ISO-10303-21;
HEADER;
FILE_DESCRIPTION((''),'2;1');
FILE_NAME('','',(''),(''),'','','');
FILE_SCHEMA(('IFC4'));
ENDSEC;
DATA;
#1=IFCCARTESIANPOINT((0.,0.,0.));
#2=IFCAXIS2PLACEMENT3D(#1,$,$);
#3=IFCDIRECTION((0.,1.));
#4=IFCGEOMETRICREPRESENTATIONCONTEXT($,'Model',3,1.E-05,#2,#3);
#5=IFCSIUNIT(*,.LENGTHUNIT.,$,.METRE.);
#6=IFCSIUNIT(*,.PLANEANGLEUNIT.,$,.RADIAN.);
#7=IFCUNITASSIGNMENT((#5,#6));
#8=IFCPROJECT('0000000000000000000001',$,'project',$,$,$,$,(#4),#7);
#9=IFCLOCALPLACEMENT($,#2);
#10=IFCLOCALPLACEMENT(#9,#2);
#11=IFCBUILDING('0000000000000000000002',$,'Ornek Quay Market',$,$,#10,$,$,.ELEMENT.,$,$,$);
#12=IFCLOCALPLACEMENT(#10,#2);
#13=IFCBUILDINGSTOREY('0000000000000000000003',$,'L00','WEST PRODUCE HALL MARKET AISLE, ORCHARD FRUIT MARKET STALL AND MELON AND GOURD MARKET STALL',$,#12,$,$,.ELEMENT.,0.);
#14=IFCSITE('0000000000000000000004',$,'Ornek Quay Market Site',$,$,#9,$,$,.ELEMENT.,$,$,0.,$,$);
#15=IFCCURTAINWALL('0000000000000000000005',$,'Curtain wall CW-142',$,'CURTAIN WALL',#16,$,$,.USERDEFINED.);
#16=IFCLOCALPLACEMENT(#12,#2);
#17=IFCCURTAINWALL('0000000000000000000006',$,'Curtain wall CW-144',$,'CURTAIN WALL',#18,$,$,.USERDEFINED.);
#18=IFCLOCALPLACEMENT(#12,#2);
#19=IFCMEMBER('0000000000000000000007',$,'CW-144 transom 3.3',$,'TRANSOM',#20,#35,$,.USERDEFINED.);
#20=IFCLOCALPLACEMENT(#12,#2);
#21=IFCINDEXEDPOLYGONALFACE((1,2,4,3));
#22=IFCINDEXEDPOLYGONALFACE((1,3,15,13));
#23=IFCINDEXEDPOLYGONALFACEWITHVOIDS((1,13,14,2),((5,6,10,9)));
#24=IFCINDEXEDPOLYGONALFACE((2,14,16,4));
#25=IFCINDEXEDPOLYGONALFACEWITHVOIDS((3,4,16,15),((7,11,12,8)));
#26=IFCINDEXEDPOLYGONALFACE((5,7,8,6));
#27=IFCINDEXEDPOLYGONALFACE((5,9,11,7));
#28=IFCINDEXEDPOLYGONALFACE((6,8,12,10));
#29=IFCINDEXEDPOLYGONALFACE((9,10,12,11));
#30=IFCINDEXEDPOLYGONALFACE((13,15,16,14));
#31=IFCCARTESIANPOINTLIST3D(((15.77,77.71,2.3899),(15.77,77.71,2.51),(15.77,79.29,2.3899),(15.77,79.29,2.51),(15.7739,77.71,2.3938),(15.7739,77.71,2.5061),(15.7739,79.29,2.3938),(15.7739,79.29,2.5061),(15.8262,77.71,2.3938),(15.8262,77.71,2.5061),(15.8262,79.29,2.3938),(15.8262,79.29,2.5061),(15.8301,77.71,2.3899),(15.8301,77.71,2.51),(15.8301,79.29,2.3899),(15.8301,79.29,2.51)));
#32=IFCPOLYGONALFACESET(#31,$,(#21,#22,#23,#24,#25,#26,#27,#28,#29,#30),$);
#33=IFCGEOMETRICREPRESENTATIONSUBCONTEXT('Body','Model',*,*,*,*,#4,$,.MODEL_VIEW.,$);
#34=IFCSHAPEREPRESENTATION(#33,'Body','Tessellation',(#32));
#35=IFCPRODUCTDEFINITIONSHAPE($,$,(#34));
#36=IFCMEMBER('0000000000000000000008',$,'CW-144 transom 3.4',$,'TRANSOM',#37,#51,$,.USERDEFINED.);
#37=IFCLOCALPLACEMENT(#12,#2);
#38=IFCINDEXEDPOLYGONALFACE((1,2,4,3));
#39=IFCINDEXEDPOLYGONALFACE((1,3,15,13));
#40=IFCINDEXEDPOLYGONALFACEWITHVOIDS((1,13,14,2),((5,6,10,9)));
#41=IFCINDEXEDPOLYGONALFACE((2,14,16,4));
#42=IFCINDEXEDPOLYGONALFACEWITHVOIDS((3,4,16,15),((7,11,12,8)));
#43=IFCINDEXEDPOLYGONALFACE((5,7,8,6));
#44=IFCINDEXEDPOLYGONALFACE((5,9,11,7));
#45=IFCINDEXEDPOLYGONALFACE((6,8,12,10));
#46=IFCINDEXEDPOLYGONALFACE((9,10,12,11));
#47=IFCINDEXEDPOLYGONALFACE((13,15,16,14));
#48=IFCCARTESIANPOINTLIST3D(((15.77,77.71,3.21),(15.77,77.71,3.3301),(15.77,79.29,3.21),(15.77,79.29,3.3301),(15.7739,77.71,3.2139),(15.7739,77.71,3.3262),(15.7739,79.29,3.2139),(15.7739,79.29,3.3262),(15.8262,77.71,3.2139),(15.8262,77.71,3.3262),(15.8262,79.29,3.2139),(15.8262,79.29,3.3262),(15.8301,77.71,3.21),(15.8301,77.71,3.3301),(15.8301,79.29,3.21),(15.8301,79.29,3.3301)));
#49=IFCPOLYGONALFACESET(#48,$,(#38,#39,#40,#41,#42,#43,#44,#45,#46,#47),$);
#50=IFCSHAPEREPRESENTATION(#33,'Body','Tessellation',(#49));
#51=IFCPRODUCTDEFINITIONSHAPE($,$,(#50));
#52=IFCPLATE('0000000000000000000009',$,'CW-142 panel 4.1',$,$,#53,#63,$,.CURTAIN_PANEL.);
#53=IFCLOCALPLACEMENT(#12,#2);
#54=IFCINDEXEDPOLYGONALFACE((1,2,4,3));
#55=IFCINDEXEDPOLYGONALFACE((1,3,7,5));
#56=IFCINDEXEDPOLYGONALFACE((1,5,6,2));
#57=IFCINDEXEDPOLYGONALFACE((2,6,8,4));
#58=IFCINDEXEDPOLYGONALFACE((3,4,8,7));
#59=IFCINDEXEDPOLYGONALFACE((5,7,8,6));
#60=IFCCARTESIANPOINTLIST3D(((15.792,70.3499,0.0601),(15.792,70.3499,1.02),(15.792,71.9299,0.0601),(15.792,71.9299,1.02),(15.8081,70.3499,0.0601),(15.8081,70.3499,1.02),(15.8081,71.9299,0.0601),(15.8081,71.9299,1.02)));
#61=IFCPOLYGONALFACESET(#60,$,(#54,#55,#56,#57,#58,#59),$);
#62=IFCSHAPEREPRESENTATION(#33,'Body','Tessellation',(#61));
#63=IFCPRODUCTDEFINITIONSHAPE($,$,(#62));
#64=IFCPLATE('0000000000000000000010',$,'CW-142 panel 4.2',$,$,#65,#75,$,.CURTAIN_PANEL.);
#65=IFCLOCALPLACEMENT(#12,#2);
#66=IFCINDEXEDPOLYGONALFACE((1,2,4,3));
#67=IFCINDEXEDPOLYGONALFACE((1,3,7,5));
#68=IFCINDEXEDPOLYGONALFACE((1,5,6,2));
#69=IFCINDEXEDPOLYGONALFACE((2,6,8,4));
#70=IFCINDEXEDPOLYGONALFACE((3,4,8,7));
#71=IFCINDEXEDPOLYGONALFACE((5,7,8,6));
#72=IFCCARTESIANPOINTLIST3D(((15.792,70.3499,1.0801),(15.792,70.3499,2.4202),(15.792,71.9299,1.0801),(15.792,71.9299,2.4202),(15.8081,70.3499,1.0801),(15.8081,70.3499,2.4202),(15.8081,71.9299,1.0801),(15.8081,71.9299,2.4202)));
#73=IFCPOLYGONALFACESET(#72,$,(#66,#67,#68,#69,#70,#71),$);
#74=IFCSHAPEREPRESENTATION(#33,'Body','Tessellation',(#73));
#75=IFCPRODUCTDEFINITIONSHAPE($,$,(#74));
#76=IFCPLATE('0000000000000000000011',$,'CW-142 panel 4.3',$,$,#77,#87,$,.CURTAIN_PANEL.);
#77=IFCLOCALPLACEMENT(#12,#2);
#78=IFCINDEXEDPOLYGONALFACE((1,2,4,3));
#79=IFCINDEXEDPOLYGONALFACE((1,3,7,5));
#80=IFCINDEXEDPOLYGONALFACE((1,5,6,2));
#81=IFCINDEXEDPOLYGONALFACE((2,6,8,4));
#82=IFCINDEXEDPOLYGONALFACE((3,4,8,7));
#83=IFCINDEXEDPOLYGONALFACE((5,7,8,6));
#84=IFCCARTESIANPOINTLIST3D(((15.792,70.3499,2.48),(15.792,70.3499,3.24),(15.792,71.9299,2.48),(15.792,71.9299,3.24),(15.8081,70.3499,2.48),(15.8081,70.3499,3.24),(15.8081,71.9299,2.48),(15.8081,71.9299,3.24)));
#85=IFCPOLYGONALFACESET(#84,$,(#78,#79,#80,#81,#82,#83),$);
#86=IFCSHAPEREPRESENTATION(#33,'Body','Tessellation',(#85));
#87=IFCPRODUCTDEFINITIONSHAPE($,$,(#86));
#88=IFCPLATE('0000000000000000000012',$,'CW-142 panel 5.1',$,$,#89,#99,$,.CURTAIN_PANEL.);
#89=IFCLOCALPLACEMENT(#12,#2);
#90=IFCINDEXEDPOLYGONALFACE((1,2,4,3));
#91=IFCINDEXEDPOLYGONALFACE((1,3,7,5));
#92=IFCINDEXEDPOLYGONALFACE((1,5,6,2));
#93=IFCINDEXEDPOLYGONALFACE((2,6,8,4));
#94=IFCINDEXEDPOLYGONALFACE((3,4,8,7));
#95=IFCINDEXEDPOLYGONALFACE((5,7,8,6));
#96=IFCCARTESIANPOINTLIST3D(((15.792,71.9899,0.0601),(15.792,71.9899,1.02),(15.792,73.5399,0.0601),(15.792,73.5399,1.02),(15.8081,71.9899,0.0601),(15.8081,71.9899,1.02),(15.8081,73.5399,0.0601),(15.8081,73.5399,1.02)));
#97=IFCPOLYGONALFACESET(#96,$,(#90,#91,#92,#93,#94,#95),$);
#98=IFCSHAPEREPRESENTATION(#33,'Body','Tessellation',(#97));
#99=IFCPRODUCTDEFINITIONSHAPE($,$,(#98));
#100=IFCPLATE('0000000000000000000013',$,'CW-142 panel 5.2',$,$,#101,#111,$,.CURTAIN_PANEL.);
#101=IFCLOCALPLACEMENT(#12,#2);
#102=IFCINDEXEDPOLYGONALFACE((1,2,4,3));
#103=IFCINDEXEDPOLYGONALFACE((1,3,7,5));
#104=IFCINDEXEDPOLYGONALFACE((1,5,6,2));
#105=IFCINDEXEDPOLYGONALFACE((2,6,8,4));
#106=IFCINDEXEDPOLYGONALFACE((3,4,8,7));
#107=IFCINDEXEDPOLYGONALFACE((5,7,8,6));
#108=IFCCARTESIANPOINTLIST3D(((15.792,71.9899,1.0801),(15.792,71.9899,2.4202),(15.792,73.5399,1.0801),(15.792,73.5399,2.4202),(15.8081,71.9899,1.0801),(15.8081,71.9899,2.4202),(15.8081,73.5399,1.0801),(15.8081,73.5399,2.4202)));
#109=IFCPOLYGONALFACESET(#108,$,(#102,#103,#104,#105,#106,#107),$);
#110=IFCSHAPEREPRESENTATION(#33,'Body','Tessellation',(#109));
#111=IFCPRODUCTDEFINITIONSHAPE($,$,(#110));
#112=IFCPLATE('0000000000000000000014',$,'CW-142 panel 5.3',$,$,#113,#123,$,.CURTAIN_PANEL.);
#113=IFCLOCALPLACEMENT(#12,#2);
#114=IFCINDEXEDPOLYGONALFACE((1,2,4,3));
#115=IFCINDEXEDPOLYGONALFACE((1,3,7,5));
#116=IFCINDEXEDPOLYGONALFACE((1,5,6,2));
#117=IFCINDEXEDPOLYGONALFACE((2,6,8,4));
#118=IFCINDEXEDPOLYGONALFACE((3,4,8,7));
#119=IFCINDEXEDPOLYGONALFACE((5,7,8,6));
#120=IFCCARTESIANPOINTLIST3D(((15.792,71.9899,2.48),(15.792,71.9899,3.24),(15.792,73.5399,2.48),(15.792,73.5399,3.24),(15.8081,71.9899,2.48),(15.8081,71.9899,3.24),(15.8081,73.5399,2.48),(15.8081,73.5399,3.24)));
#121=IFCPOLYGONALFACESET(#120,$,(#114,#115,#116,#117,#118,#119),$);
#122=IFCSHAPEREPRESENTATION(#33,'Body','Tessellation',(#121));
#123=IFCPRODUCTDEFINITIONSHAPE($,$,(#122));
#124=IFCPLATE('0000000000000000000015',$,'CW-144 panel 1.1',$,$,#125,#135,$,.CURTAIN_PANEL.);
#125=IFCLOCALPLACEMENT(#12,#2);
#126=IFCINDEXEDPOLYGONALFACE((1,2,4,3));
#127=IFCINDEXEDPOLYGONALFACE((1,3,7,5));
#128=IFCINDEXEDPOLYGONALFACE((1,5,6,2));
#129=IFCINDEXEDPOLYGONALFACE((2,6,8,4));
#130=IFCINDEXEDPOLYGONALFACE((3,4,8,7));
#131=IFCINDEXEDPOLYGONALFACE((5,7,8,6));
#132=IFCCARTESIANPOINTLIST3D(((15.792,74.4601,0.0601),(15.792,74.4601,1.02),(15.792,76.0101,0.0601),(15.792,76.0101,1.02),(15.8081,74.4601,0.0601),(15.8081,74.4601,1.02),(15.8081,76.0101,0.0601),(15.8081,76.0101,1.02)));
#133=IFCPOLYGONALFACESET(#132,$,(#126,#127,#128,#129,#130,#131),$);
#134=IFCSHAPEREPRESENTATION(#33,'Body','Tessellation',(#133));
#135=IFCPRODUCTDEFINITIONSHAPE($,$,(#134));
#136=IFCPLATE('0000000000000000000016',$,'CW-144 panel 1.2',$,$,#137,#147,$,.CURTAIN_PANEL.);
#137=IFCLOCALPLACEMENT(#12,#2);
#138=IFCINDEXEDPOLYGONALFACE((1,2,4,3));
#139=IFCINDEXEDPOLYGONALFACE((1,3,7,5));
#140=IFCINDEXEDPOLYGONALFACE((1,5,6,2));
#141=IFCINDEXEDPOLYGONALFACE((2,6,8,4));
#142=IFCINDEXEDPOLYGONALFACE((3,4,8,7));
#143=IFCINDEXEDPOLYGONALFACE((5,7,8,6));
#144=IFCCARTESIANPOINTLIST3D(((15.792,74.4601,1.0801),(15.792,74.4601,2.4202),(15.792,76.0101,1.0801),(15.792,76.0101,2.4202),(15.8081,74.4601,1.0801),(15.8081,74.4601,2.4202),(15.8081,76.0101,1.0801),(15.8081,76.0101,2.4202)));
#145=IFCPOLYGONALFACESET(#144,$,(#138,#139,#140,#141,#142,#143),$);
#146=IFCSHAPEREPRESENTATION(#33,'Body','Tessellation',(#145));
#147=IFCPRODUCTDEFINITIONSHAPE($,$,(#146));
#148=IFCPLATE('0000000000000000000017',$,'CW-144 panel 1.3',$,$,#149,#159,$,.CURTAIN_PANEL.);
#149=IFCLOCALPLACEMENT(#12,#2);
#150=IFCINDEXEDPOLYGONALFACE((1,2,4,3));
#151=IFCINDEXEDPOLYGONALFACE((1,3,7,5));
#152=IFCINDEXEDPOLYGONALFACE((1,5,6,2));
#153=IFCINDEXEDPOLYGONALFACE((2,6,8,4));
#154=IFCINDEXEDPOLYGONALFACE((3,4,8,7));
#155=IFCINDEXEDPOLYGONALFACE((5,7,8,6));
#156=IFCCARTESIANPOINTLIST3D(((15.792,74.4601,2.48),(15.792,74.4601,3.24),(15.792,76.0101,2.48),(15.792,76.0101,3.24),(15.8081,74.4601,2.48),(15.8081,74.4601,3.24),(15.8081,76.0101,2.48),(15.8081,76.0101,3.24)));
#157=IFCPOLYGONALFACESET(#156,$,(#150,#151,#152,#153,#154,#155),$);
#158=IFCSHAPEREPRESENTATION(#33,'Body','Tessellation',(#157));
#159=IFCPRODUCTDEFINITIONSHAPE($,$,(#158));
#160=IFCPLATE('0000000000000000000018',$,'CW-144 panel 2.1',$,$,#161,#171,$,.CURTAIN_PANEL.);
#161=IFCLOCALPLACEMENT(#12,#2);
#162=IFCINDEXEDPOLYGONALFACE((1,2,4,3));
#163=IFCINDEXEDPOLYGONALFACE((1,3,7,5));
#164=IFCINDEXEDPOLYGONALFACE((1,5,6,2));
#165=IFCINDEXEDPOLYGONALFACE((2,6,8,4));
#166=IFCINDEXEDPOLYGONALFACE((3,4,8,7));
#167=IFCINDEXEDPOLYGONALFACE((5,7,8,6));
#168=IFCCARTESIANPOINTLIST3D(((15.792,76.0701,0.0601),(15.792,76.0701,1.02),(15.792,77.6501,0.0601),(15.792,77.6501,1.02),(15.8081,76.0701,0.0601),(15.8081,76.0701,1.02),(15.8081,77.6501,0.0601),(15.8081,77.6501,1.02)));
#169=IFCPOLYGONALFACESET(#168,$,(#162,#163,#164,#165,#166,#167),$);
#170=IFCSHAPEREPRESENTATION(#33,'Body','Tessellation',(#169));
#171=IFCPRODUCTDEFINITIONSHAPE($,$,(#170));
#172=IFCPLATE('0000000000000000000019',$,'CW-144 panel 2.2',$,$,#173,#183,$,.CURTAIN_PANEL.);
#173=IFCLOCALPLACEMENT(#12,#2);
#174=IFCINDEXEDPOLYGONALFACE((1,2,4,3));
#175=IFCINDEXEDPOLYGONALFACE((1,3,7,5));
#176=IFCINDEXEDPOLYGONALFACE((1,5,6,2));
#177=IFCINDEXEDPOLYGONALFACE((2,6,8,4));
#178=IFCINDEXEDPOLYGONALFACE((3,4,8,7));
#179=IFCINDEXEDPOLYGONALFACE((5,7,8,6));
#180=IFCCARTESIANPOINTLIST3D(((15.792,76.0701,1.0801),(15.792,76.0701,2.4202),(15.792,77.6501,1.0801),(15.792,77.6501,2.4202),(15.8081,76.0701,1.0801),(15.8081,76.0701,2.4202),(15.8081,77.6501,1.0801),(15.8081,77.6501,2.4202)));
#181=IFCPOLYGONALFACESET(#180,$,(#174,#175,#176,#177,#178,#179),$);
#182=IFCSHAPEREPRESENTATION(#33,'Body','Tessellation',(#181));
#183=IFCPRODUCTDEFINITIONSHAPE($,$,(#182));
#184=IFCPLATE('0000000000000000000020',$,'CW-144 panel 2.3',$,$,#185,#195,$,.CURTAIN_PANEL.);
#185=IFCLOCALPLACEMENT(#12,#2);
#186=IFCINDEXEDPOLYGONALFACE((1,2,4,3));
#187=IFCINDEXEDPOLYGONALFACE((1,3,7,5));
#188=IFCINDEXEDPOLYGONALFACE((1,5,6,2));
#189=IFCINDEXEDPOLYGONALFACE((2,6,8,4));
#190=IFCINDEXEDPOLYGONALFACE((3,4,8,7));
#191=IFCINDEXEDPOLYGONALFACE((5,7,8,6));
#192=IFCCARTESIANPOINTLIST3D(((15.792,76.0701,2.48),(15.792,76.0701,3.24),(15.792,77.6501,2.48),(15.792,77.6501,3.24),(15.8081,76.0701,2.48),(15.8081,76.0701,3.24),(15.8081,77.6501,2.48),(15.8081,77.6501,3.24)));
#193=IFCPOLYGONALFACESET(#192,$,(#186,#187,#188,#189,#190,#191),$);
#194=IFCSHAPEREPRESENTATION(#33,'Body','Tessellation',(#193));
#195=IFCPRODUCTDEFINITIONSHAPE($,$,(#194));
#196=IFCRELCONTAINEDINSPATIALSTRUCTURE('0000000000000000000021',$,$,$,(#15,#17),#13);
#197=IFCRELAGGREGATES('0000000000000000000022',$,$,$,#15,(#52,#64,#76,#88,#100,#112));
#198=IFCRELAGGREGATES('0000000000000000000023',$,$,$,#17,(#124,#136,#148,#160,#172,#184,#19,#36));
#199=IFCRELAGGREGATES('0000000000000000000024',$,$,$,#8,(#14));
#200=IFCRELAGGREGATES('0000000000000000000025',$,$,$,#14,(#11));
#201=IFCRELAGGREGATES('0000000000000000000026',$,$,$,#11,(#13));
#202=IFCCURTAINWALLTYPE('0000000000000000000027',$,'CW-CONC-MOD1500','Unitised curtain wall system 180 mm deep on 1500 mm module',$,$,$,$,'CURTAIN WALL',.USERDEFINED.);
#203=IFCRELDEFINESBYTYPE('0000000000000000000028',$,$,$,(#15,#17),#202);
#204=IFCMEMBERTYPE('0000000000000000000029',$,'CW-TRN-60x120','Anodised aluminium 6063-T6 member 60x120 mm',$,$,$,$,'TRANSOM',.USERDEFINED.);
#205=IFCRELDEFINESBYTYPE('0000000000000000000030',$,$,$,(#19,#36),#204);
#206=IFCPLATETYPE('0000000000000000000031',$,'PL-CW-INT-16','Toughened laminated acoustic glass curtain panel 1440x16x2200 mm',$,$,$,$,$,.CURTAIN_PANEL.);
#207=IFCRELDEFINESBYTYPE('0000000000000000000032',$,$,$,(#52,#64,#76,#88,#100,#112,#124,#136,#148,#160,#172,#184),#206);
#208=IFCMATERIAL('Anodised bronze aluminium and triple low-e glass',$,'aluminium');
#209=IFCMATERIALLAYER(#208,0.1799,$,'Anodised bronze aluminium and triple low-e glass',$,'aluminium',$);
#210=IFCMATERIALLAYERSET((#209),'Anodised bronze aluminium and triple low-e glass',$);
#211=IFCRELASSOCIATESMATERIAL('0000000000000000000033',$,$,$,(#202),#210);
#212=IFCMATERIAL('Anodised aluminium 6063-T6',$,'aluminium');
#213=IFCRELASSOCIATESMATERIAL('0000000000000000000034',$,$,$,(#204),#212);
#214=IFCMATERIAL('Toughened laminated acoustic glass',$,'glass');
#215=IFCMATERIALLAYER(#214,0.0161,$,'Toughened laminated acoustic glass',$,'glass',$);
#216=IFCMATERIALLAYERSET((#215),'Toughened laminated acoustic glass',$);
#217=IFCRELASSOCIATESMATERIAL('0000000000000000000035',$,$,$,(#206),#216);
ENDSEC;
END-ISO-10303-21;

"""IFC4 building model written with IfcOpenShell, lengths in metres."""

from ifc_helpers import new_model, si_unit, direction, frame, origin, origin_2d, place, context, subcontext, project, spatial, rectangle, hollow_rectangle, extrude, material, layer, layer_set, material_profile, profile_set, type_object, element, aggregate, save


model = new_model("IFC4")

# Units and contexts
model_context = context("Model", 3, precision=1e-05, world=origin(), true_north=direction((0.0, 1.0)))
body_context = subcontext(model_context, "Body", "Model", "MODEL_VIEW")
ifc_project = project(units=[si_unit("LENGTHUNIT", "METRE"), si_unit("PLANEANGLEUNIT", "RADIAN")], contexts=[model_context])

# Site, building, storey
site_placement = place(None, origin())
site = spatial("IfcSite", under=ifc_project, at=site_placement, Name="Ornek Quay Market Site", CompositionType="ELEMENT", RefElevation=0.0)
building_placement = place(site_placement, origin())
building = spatial("IfcBuilding", under=site, at=building_placement, Name="Ornek Quay Market", CompositionType="ELEMENT")
storey_placement = place(building_placement, origin())
storey = spatial("IfcBuildingStorey", under=building, at=storey_placement, Name="L00", Description="WEST PRODUCE HALL MARKET AISLE, ORCHARD FRUIT MARKET STALL AND MELON AND GOURD MARKET STALL", CompositionType="ELEMENT", Elevation=0.0)

# Curtain walls
ifc_material_1 = material(Name="Anodised bronze aluminium and triple low-e glass", Category="aluminium")
ifc_layer_1 = layer(ifc_material_1, 0.1799, Name="Anodised bronze aluminium and triple low-e glass", Category="aluminium")
ifc_layer_set_1 = layer_set([ifc_layer_1], Name="Anodised bronze aluminium and triple low-e glass")
curtain_wall_type = type_object("IfcCurtainWallType", Name="CW-CONC-MOD1500", Description="Unitised curtain wall system 180 mm deep on 1500 mm module", ElementType="CURTAIN WALL", PredefinedType="USERDEFINED", material=ifc_layer_set_1)
curtain_wall_1_placement = place(storey_placement, origin())
curtain_wall_1 = element("IfcCurtainWall", 1, at=curtain_wall_1_placement, inside=storey, type_object=curtain_wall_type, Name="Curtain wall CW-142", ObjectType="CURTAIN WALL", PredefinedType="USERDEFINED")
ifc_material_2 = material(Name="Anodised aluminium 6063-T6", Category="aluminium")
curtain_wall_2_placement = place(storey_placement, origin())
curtain_wall_2 = element("IfcCurtainWall", 2, at=curtain_wall_2_placement, inside=storey, type_object=curtain_wall_type, Name="Curtain wall CW-144", ObjectType="CURTAIN WALL", PredefinedType="USERDEFINED")

# Members
ifc_material_profile_1 = material_profile(ifc_material_2, hollow_rectangle(XDim=0.0601, YDim=0.1201, WallThickness=0.0039, at=origin_2d()), Name="CW-TRN-60x120", Category="aluminium")
ifc_profile_set_1 = profile_set([ifc_material_profile_1], Name="Anodised aluminium 6063-T6")
member_type_1 = type_object("IfcMemberType", Name="CW-TRN-60x120", Description="Anodised aluminium 6063-T6 member 60x120 mm", ElementType="TRANSOM", PredefinedType="USERDEFINED", material=ifc_profile_set_1)
member_1_placement = place(storey_placement, frame((15.8, 77.71, 2.45), z_axis=(0.0, 1.0, 0.0), x_axis=(-1.0, 0.0, 0.0)))
member_1 = element("IfcMember", 3, at=member_1_placement, type_object=member_type_1, Name="CW-144 transom 3.3", ObjectType="TRANSOM", PredefinedType="USERDEFINED", context=body_context, shape_type="SweptSolid", body=[
    extrude(hollow_rectangle(XDim=0.0601, YDim=0.1201, WallThickness=0.0039, at=origin_2d()), origin(), (0.0, 0.0, 1.0), 1.5801),
])
member_2_placement = place(storey_placement, frame((15.8, 77.71, 3.27), z_axis=(0.0, 1.0, 0.0), x_axis=(-1.0, 0.0, 0.0)))
member_2 = element("IfcMember", 4, at=member_2_placement, type_object=member_type_1, Name="CW-144 transom 3.4", ObjectType="TRANSOM", PredefinedType="USERDEFINED", context=body_context, shape_type="SweptSolid", body=[
    extrude(hollow_rectangle(XDim=0.0601, YDim=0.1201, WallThickness=0.0039, at=origin_2d()), origin(), (0.0, 0.0, 1.0), 1.5801),
])

# Plates
ifc_material_3 = material(Name="Toughened laminated acoustic glass", Category="glass")
ifc_layer_2 = layer(ifc_material_3, 0.0161, Name="Toughened laminated acoustic glass", Category="glass")
ifc_layer_set_2 = layer_set([ifc_layer_2], Name="Toughened laminated acoustic glass")
plate_type = type_object("IfcPlateType", Name="PL-CW-INT-16", Description="Toughened laminated acoustic glass curtain panel 1440x16x2200 mm", PredefinedType="CURTAIN_PANEL", material=ifc_layer_set_2)
plate_1_placement = place(storey_placement, frame((15.8, 71.1399, 0.0601), z_axis=(0.0, 0.0, 1.0), x_axis=(0.0, 1.0, 0.0)))
plate_1 = element("IfcPlate", 5, at=plate_1_placement, type_object=plate_type, Name="CW-142 panel 4.1", PredefinedType="CURTAIN_PANEL", context=body_context, shape_type="SweptSolid", body=[
    extrude(rectangle(XDim=1.5801, YDim=0.0161, at=origin_2d()), origin(), (0.0, 0.0, 1.0), 0.96),
])
plate_2_placement = place(storey_placement, frame((15.8, 71.1399, 1.0801), z_axis=(0.0, 0.0, 1.0), x_axis=(0.0, 1.0, 0.0)))
plate_2 = element("IfcPlate", 6, at=plate_2_placement, type_object=plate_type, Name="CW-142 panel 4.2", PredefinedType="CURTAIN_PANEL", context=body_context, shape_type="SweptSolid", body=[
    extrude(rectangle(XDim=1.5801, YDim=0.0161, at=origin_2d()), origin(), (0.0, 0.0, 1.0), 1.3401),
])
plate_3_placement = place(storey_placement, frame((15.8, 71.1399, 2.48), z_axis=(0.0, 0.0, 1.0), x_axis=(0.0, 1.0, 0.0)))
plate_3 = element("IfcPlate", 7, at=plate_3_placement, type_object=plate_type, Name="CW-142 panel 4.3", PredefinedType="CURTAIN_PANEL", context=body_context, shape_type="SweptSolid", body=[
    extrude(rectangle(XDim=1.5801, YDim=0.0161, at=origin_2d()), origin(), (0.0, 0.0, 1.0), 0.76),
])
plate_4_placement = place(storey_placement, frame((15.8, 72.7649, 0.0601), z_axis=(0.0, 0.0, 1.0), x_axis=(0.0, 1.0, 0.0)))
plate_4 = element("IfcPlate", 8, at=plate_4_placement, type_object=plate_type, Name="CW-142 panel 5.1", PredefinedType="CURTAIN_PANEL", context=body_context, shape_type="SweptSolid", body=[
    extrude(rectangle(XDim=1.55, YDim=0.0161, at=origin_2d()), origin(), (0.0, 0.0, 1.0), 0.96),
])
plate_5_placement = place(storey_placement, frame((15.8, 72.7649, 1.0801), z_axis=(0.0, 0.0, 1.0), x_axis=(0.0, 1.0, 0.0)))
plate_5 = element("IfcPlate", 9, at=plate_5_placement, type_object=plate_type, Name="CW-142 panel 5.2", PredefinedType="CURTAIN_PANEL", context=body_context, shape_type="SweptSolid", body=[
    extrude(rectangle(XDim=1.55, YDim=0.0161, at=origin_2d()), origin(), (0.0, 0.0, 1.0), 1.3401),
])
plate_6_placement = place(storey_placement, frame((15.8, 72.7649, 2.48), z_axis=(0.0, 0.0, 1.0), x_axis=(0.0, 1.0, 0.0)))
plate_6 = element("IfcPlate", 10, at=plate_6_placement, type_object=plate_type, Name="CW-142 panel 5.3", PredefinedType="CURTAIN_PANEL", context=body_context, shape_type="SweptSolid", body=[
    extrude(rectangle(XDim=1.55, YDim=0.0161, at=origin_2d()), origin(), (0.0, 0.0, 1.0), 0.76),
])
aggregate(curtain_wall_1, [plate_1, plate_2, plate_3, plate_4, plate_5, plate_6])
plate_7_placement = place(storey_placement, frame((15.8, 75.2351, 0.0601), z_axis=(0.0, 0.0, 1.0), x_axis=(0.0, 1.0, 0.0)))
plate_7 = element("IfcPlate", 11, at=plate_7_placement, type_object=plate_type, Name="CW-144 panel 1.1", PredefinedType="CURTAIN_PANEL", context=body_context, shape_type="SweptSolid", body=[
    extrude(rectangle(XDim=1.55, YDim=0.0161, at=origin_2d()), origin(), (0.0, 0.0, 1.0), 0.96),
])
plate_8_placement = place(storey_placement, frame((15.8, 75.2351, 1.0801), z_axis=(0.0, 0.0, 1.0), x_axis=(0.0, 1.0, 0.0)))
plate_8 = element("IfcPlate", 12, at=plate_8_placement, type_object=plate_type, Name="CW-144 panel 1.2", PredefinedType="CURTAIN_PANEL", context=body_context, shape_type="SweptSolid", body=[
    extrude(rectangle(XDim=1.55, YDim=0.0161, at=origin_2d()), origin(), (0.0, 0.0, 1.0), 1.3401),
])
plate_9_placement = place(storey_placement, frame((15.8, 75.2351, 2.48), z_axis=(0.0, 0.0, 1.0), x_axis=(0.0, 1.0, 0.0)))
plate_9 = element("IfcPlate", 13, at=plate_9_placement, type_object=plate_type, Name="CW-144 panel 1.3", PredefinedType="CURTAIN_PANEL", context=body_context, shape_type="SweptSolid", body=[
    extrude(rectangle(XDim=1.55, YDim=0.0161, at=origin_2d()), origin(), (0.0, 0.0, 1.0), 0.76),
])
plate_10_placement = place(storey_placement, frame((15.8, 76.8601, 0.0601), z_axis=(0.0, 0.0, 1.0), x_axis=(0.0, 1.0, 0.0)))
plate_10 = element("IfcPlate", 14, at=plate_10_placement, type_object=plate_type, Name="CW-144 panel 2.1", PredefinedType="CURTAIN_PANEL", context=body_context, shape_type="SweptSolid", body=[
    extrude(rectangle(XDim=1.5801, YDim=0.0161, at=origin_2d()), origin(), (0.0, 0.0, 1.0), 0.96),
])
plate_11_placement = place(storey_placement, frame((15.8, 76.8601, 1.0801), z_axis=(0.0, 0.0, 1.0), x_axis=(0.0, 1.0, 0.0)))
plate_11 = element("IfcPlate", 15, at=plate_11_placement, type_object=plate_type, Name="CW-144 panel 2.2", PredefinedType="CURTAIN_PANEL", context=body_context, shape_type="SweptSolid", body=[
    extrude(rectangle(XDim=1.5801, YDim=0.0161, at=origin_2d()), origin(), (0.0, 0.0, 1.0), 1.3401),
])
plate_12_placement = place(storey_placement, frame((15.8, 76.8601, 2.48), z_axis=(0.0, 0.0, 1.0), x_axis=(0.0, 1.0, 0.0)))
plate_12 = element("IfcPlate", 16, at=plate_12_placement, type_object=plate_type, Name="CW-144 panel 2.3", PredefinedType="CURTAIN_PANEL", context=body_context, shape_type="SweptSolid", body=[
    extrude(rectangle(XDim=1.5801, YDim=0.0161, at=origin_2d()), origin(), (0.0, 0.0, 1.0), 0.76),
])
aggregate(curtain_wall_2, [plate_7, plate_8, plate_9, plate_10, plate_11, plate_12, member_1, member_2])

save(model, "model.ifc")
